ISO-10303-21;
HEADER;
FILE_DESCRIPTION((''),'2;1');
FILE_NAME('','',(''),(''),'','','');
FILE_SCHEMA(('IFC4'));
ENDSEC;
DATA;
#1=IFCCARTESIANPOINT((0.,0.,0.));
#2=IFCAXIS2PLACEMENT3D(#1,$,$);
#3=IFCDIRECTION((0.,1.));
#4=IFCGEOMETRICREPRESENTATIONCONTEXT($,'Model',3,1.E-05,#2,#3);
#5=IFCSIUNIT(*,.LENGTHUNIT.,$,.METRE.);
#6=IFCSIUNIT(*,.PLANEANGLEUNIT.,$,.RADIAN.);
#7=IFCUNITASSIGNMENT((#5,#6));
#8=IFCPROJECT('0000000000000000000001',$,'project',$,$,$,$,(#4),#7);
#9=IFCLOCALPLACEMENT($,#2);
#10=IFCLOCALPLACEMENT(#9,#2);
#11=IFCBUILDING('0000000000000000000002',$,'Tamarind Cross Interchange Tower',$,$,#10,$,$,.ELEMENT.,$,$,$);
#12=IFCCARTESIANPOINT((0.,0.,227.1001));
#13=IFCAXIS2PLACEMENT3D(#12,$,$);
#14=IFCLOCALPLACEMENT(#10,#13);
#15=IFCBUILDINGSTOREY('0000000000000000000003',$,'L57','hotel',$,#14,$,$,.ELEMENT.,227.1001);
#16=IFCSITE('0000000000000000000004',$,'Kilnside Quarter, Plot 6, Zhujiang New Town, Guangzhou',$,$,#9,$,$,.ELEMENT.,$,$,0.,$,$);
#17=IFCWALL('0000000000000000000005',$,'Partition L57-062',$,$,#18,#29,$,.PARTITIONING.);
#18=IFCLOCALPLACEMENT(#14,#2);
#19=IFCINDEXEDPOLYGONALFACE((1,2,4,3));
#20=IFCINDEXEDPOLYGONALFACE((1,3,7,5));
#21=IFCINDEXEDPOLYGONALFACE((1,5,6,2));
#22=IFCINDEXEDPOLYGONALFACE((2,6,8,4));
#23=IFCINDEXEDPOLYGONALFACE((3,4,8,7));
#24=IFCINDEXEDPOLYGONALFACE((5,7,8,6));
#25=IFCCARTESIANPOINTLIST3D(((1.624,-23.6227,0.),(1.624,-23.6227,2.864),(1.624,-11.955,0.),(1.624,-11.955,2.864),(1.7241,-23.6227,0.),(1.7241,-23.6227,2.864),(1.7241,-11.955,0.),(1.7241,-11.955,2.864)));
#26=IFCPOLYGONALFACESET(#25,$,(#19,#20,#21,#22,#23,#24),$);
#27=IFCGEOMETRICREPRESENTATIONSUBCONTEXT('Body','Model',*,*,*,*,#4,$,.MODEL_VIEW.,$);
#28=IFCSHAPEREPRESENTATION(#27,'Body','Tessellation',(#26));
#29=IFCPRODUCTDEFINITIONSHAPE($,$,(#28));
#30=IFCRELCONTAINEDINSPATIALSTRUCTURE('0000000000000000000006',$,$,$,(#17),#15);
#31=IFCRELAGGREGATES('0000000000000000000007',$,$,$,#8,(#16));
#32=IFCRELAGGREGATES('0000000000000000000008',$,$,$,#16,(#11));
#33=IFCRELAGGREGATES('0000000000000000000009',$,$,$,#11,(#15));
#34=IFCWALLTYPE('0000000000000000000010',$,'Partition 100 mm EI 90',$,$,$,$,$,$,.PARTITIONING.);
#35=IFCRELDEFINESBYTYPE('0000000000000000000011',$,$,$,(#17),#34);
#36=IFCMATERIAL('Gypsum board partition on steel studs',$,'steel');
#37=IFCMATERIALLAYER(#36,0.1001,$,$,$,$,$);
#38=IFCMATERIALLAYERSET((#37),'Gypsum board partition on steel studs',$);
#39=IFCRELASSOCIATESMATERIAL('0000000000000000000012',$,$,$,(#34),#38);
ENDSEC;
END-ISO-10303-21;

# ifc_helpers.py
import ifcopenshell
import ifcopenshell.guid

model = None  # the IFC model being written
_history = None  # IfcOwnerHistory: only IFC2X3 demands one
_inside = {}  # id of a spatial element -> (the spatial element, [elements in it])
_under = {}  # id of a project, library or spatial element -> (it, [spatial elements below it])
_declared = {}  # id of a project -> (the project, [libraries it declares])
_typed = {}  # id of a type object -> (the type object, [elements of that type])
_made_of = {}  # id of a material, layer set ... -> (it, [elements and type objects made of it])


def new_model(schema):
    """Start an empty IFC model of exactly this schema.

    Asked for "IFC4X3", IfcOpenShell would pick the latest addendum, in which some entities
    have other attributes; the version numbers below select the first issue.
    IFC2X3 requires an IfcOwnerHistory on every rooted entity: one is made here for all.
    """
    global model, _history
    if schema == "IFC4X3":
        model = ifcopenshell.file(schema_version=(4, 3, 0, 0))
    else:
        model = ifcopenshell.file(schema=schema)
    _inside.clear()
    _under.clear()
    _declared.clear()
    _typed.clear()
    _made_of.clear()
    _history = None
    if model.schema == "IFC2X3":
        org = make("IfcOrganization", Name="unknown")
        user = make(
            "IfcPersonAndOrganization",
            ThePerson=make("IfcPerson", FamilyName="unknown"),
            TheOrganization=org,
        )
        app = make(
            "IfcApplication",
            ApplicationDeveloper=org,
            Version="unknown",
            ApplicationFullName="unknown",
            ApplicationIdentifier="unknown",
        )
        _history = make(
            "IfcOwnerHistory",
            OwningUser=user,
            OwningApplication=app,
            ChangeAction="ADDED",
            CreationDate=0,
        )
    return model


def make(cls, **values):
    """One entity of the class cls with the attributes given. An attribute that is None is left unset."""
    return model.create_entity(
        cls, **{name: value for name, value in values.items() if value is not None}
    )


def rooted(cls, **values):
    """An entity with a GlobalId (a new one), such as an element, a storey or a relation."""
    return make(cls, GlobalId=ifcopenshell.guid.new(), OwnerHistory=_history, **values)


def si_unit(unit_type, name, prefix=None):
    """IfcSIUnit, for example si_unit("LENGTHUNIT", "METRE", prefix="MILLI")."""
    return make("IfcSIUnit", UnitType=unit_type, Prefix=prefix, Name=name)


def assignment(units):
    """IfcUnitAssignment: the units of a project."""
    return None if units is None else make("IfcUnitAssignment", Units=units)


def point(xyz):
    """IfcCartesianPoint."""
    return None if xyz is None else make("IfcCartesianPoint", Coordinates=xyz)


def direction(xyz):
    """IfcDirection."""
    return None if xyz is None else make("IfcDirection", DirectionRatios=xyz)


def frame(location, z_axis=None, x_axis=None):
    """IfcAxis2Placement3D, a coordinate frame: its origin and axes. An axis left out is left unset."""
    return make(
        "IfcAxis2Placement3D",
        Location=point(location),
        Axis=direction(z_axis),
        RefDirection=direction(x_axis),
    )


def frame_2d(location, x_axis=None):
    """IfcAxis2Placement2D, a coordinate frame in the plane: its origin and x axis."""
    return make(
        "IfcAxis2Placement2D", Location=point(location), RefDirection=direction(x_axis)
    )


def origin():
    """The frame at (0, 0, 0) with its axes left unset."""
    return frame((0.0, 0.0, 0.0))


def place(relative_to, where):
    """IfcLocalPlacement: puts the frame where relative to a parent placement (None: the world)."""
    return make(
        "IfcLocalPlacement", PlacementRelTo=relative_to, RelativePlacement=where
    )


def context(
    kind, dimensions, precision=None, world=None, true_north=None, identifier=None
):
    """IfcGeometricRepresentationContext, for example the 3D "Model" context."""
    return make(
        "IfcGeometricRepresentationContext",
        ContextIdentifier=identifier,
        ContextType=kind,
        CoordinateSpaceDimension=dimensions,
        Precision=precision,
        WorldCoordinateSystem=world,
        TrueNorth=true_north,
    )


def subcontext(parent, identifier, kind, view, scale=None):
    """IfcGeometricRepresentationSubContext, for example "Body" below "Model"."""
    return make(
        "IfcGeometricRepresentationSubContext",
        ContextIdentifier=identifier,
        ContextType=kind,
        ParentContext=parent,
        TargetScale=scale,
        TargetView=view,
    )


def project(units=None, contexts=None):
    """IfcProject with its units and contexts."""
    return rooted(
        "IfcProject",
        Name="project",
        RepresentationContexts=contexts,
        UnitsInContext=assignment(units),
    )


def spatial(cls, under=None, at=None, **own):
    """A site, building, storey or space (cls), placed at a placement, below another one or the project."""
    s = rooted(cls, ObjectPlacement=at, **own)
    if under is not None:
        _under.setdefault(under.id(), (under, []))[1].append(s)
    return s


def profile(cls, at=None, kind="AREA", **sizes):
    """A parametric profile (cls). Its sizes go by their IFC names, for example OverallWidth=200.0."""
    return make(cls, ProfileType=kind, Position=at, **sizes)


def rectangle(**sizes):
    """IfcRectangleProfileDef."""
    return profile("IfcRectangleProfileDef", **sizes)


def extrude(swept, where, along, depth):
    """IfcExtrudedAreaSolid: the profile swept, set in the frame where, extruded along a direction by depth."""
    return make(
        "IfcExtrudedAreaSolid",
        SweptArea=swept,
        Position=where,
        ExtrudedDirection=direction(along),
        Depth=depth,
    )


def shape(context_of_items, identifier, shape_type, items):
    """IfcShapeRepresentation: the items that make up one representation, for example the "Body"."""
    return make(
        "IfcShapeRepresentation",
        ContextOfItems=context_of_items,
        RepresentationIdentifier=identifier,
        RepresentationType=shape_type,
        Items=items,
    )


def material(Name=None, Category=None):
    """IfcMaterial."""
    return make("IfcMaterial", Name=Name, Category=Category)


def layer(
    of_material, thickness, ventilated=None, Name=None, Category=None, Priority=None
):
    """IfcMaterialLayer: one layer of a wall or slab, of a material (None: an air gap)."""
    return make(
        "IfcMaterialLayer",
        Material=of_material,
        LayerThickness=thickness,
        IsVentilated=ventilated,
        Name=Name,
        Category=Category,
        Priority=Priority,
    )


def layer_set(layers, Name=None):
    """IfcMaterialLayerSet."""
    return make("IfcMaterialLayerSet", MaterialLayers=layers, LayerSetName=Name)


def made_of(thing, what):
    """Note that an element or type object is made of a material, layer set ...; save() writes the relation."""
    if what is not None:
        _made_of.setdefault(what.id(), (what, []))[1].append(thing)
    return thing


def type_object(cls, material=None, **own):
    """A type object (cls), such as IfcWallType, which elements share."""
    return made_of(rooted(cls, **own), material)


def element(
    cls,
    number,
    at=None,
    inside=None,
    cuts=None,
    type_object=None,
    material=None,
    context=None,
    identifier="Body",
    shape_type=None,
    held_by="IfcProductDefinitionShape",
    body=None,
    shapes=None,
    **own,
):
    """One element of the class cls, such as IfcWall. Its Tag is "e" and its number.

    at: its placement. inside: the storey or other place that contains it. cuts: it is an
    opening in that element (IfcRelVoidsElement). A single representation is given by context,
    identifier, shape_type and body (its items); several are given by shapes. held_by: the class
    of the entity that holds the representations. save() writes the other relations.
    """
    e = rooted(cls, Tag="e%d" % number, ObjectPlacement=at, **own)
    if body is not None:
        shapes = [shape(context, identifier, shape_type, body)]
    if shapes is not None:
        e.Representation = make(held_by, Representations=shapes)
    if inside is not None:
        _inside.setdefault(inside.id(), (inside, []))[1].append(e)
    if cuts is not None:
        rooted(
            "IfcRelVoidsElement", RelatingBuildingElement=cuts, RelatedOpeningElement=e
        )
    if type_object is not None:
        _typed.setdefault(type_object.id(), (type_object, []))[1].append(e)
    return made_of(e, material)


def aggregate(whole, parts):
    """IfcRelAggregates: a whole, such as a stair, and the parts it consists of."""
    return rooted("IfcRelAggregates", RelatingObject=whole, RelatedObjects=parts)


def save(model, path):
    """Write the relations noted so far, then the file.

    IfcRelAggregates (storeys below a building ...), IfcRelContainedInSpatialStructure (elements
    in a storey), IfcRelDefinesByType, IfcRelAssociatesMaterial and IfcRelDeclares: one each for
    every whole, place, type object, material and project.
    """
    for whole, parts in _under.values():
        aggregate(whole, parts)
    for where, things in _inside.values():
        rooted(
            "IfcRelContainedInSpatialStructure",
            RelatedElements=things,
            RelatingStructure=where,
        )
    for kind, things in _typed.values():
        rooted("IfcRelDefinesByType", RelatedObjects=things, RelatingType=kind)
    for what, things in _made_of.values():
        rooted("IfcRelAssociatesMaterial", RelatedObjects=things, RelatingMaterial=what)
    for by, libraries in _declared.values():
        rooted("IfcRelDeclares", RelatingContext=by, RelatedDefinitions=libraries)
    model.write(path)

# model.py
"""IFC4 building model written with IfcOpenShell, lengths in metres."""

from ifc_helpers import new_model, si_unit, direction, frame, frame_2d, origin, place, context, subcontext, project, spatial, rectangle, extrude, material, layer, layer_set, type_object, element, save


model = new_model("IFC4")

# Units and contexts
model_context = context("Model", 3, precision=1e-05, world=origin(), true_north=direction((0.0, 1.0)))
body_context = subcontext(model_context, "Body", "Model", "MODEL_VIEW")
ifc_project = project(units=[si_unit("LENGTHUNIT", "METRE"), si_unit("PLANEANGLEUNIT", "RADIAN")], contexts=[model_context])

# Site, building, storey
site_placement = place(None, origin())
site = spatial("IfcSite", under=ifc_project, at=site_placement, Name="Kilnside Quarter, Plot 6, Zhujiang New Town, Guangzhou", CompositionType="ELEMENT", RefElevation=0.0)
building_placement = place(site_placement, origin())
building = spatial("IfcBuilding", under=site, at=building_placement, Name="Tamarind Cross Interchange Tower", CompositionType="ELEMENT")
storey_placement = place(building_placement, frame((0.0, 0.0, 227.1001)))
storey = spatial("IfcBuildingStorey", under=building, at=storey_placement, Name="L57", Description="hotel", CompositionType="ELEMENT", Elevation=227.1001)

# Wall
ifc_material_1 = material(Name="Gypsum board partition on steel studs", Category="steel")
ifc_layer_1 = layer(ifc_material_1, 0.1001)
ifc_layer_set_1 = layer_set([ifc_layer_1], Name="Gypsum board partition on steel studs")
wall_type = type_object("IfcWallType", Name="Partition 100 mm EI 90", PredefinedType="PARTITIONING", material=ifc_layer_set_1)
wall_placement = place(storey_placement, frame((1.6741, -23.6228, 0.0), z_axis=(0.0, 0.0, 1.0), x_axis=(0.0, 1.0, 0.0)))
element("IfcWall", 1, at=wall_placement, inside=storey, type_object=wall_type, Name="Partition L57-062", PredefinedType="PARTITIONING", context=body_context, shape_type="SweptSolid", body=[
    extrude(rectangle(XDim=11.6677, YDim=0.1001, at=frame_2d((5.834, 0.0))), origin(), (0.0, 0.0, 1.0), 2.864),
])

save(model, "model.ifc")
